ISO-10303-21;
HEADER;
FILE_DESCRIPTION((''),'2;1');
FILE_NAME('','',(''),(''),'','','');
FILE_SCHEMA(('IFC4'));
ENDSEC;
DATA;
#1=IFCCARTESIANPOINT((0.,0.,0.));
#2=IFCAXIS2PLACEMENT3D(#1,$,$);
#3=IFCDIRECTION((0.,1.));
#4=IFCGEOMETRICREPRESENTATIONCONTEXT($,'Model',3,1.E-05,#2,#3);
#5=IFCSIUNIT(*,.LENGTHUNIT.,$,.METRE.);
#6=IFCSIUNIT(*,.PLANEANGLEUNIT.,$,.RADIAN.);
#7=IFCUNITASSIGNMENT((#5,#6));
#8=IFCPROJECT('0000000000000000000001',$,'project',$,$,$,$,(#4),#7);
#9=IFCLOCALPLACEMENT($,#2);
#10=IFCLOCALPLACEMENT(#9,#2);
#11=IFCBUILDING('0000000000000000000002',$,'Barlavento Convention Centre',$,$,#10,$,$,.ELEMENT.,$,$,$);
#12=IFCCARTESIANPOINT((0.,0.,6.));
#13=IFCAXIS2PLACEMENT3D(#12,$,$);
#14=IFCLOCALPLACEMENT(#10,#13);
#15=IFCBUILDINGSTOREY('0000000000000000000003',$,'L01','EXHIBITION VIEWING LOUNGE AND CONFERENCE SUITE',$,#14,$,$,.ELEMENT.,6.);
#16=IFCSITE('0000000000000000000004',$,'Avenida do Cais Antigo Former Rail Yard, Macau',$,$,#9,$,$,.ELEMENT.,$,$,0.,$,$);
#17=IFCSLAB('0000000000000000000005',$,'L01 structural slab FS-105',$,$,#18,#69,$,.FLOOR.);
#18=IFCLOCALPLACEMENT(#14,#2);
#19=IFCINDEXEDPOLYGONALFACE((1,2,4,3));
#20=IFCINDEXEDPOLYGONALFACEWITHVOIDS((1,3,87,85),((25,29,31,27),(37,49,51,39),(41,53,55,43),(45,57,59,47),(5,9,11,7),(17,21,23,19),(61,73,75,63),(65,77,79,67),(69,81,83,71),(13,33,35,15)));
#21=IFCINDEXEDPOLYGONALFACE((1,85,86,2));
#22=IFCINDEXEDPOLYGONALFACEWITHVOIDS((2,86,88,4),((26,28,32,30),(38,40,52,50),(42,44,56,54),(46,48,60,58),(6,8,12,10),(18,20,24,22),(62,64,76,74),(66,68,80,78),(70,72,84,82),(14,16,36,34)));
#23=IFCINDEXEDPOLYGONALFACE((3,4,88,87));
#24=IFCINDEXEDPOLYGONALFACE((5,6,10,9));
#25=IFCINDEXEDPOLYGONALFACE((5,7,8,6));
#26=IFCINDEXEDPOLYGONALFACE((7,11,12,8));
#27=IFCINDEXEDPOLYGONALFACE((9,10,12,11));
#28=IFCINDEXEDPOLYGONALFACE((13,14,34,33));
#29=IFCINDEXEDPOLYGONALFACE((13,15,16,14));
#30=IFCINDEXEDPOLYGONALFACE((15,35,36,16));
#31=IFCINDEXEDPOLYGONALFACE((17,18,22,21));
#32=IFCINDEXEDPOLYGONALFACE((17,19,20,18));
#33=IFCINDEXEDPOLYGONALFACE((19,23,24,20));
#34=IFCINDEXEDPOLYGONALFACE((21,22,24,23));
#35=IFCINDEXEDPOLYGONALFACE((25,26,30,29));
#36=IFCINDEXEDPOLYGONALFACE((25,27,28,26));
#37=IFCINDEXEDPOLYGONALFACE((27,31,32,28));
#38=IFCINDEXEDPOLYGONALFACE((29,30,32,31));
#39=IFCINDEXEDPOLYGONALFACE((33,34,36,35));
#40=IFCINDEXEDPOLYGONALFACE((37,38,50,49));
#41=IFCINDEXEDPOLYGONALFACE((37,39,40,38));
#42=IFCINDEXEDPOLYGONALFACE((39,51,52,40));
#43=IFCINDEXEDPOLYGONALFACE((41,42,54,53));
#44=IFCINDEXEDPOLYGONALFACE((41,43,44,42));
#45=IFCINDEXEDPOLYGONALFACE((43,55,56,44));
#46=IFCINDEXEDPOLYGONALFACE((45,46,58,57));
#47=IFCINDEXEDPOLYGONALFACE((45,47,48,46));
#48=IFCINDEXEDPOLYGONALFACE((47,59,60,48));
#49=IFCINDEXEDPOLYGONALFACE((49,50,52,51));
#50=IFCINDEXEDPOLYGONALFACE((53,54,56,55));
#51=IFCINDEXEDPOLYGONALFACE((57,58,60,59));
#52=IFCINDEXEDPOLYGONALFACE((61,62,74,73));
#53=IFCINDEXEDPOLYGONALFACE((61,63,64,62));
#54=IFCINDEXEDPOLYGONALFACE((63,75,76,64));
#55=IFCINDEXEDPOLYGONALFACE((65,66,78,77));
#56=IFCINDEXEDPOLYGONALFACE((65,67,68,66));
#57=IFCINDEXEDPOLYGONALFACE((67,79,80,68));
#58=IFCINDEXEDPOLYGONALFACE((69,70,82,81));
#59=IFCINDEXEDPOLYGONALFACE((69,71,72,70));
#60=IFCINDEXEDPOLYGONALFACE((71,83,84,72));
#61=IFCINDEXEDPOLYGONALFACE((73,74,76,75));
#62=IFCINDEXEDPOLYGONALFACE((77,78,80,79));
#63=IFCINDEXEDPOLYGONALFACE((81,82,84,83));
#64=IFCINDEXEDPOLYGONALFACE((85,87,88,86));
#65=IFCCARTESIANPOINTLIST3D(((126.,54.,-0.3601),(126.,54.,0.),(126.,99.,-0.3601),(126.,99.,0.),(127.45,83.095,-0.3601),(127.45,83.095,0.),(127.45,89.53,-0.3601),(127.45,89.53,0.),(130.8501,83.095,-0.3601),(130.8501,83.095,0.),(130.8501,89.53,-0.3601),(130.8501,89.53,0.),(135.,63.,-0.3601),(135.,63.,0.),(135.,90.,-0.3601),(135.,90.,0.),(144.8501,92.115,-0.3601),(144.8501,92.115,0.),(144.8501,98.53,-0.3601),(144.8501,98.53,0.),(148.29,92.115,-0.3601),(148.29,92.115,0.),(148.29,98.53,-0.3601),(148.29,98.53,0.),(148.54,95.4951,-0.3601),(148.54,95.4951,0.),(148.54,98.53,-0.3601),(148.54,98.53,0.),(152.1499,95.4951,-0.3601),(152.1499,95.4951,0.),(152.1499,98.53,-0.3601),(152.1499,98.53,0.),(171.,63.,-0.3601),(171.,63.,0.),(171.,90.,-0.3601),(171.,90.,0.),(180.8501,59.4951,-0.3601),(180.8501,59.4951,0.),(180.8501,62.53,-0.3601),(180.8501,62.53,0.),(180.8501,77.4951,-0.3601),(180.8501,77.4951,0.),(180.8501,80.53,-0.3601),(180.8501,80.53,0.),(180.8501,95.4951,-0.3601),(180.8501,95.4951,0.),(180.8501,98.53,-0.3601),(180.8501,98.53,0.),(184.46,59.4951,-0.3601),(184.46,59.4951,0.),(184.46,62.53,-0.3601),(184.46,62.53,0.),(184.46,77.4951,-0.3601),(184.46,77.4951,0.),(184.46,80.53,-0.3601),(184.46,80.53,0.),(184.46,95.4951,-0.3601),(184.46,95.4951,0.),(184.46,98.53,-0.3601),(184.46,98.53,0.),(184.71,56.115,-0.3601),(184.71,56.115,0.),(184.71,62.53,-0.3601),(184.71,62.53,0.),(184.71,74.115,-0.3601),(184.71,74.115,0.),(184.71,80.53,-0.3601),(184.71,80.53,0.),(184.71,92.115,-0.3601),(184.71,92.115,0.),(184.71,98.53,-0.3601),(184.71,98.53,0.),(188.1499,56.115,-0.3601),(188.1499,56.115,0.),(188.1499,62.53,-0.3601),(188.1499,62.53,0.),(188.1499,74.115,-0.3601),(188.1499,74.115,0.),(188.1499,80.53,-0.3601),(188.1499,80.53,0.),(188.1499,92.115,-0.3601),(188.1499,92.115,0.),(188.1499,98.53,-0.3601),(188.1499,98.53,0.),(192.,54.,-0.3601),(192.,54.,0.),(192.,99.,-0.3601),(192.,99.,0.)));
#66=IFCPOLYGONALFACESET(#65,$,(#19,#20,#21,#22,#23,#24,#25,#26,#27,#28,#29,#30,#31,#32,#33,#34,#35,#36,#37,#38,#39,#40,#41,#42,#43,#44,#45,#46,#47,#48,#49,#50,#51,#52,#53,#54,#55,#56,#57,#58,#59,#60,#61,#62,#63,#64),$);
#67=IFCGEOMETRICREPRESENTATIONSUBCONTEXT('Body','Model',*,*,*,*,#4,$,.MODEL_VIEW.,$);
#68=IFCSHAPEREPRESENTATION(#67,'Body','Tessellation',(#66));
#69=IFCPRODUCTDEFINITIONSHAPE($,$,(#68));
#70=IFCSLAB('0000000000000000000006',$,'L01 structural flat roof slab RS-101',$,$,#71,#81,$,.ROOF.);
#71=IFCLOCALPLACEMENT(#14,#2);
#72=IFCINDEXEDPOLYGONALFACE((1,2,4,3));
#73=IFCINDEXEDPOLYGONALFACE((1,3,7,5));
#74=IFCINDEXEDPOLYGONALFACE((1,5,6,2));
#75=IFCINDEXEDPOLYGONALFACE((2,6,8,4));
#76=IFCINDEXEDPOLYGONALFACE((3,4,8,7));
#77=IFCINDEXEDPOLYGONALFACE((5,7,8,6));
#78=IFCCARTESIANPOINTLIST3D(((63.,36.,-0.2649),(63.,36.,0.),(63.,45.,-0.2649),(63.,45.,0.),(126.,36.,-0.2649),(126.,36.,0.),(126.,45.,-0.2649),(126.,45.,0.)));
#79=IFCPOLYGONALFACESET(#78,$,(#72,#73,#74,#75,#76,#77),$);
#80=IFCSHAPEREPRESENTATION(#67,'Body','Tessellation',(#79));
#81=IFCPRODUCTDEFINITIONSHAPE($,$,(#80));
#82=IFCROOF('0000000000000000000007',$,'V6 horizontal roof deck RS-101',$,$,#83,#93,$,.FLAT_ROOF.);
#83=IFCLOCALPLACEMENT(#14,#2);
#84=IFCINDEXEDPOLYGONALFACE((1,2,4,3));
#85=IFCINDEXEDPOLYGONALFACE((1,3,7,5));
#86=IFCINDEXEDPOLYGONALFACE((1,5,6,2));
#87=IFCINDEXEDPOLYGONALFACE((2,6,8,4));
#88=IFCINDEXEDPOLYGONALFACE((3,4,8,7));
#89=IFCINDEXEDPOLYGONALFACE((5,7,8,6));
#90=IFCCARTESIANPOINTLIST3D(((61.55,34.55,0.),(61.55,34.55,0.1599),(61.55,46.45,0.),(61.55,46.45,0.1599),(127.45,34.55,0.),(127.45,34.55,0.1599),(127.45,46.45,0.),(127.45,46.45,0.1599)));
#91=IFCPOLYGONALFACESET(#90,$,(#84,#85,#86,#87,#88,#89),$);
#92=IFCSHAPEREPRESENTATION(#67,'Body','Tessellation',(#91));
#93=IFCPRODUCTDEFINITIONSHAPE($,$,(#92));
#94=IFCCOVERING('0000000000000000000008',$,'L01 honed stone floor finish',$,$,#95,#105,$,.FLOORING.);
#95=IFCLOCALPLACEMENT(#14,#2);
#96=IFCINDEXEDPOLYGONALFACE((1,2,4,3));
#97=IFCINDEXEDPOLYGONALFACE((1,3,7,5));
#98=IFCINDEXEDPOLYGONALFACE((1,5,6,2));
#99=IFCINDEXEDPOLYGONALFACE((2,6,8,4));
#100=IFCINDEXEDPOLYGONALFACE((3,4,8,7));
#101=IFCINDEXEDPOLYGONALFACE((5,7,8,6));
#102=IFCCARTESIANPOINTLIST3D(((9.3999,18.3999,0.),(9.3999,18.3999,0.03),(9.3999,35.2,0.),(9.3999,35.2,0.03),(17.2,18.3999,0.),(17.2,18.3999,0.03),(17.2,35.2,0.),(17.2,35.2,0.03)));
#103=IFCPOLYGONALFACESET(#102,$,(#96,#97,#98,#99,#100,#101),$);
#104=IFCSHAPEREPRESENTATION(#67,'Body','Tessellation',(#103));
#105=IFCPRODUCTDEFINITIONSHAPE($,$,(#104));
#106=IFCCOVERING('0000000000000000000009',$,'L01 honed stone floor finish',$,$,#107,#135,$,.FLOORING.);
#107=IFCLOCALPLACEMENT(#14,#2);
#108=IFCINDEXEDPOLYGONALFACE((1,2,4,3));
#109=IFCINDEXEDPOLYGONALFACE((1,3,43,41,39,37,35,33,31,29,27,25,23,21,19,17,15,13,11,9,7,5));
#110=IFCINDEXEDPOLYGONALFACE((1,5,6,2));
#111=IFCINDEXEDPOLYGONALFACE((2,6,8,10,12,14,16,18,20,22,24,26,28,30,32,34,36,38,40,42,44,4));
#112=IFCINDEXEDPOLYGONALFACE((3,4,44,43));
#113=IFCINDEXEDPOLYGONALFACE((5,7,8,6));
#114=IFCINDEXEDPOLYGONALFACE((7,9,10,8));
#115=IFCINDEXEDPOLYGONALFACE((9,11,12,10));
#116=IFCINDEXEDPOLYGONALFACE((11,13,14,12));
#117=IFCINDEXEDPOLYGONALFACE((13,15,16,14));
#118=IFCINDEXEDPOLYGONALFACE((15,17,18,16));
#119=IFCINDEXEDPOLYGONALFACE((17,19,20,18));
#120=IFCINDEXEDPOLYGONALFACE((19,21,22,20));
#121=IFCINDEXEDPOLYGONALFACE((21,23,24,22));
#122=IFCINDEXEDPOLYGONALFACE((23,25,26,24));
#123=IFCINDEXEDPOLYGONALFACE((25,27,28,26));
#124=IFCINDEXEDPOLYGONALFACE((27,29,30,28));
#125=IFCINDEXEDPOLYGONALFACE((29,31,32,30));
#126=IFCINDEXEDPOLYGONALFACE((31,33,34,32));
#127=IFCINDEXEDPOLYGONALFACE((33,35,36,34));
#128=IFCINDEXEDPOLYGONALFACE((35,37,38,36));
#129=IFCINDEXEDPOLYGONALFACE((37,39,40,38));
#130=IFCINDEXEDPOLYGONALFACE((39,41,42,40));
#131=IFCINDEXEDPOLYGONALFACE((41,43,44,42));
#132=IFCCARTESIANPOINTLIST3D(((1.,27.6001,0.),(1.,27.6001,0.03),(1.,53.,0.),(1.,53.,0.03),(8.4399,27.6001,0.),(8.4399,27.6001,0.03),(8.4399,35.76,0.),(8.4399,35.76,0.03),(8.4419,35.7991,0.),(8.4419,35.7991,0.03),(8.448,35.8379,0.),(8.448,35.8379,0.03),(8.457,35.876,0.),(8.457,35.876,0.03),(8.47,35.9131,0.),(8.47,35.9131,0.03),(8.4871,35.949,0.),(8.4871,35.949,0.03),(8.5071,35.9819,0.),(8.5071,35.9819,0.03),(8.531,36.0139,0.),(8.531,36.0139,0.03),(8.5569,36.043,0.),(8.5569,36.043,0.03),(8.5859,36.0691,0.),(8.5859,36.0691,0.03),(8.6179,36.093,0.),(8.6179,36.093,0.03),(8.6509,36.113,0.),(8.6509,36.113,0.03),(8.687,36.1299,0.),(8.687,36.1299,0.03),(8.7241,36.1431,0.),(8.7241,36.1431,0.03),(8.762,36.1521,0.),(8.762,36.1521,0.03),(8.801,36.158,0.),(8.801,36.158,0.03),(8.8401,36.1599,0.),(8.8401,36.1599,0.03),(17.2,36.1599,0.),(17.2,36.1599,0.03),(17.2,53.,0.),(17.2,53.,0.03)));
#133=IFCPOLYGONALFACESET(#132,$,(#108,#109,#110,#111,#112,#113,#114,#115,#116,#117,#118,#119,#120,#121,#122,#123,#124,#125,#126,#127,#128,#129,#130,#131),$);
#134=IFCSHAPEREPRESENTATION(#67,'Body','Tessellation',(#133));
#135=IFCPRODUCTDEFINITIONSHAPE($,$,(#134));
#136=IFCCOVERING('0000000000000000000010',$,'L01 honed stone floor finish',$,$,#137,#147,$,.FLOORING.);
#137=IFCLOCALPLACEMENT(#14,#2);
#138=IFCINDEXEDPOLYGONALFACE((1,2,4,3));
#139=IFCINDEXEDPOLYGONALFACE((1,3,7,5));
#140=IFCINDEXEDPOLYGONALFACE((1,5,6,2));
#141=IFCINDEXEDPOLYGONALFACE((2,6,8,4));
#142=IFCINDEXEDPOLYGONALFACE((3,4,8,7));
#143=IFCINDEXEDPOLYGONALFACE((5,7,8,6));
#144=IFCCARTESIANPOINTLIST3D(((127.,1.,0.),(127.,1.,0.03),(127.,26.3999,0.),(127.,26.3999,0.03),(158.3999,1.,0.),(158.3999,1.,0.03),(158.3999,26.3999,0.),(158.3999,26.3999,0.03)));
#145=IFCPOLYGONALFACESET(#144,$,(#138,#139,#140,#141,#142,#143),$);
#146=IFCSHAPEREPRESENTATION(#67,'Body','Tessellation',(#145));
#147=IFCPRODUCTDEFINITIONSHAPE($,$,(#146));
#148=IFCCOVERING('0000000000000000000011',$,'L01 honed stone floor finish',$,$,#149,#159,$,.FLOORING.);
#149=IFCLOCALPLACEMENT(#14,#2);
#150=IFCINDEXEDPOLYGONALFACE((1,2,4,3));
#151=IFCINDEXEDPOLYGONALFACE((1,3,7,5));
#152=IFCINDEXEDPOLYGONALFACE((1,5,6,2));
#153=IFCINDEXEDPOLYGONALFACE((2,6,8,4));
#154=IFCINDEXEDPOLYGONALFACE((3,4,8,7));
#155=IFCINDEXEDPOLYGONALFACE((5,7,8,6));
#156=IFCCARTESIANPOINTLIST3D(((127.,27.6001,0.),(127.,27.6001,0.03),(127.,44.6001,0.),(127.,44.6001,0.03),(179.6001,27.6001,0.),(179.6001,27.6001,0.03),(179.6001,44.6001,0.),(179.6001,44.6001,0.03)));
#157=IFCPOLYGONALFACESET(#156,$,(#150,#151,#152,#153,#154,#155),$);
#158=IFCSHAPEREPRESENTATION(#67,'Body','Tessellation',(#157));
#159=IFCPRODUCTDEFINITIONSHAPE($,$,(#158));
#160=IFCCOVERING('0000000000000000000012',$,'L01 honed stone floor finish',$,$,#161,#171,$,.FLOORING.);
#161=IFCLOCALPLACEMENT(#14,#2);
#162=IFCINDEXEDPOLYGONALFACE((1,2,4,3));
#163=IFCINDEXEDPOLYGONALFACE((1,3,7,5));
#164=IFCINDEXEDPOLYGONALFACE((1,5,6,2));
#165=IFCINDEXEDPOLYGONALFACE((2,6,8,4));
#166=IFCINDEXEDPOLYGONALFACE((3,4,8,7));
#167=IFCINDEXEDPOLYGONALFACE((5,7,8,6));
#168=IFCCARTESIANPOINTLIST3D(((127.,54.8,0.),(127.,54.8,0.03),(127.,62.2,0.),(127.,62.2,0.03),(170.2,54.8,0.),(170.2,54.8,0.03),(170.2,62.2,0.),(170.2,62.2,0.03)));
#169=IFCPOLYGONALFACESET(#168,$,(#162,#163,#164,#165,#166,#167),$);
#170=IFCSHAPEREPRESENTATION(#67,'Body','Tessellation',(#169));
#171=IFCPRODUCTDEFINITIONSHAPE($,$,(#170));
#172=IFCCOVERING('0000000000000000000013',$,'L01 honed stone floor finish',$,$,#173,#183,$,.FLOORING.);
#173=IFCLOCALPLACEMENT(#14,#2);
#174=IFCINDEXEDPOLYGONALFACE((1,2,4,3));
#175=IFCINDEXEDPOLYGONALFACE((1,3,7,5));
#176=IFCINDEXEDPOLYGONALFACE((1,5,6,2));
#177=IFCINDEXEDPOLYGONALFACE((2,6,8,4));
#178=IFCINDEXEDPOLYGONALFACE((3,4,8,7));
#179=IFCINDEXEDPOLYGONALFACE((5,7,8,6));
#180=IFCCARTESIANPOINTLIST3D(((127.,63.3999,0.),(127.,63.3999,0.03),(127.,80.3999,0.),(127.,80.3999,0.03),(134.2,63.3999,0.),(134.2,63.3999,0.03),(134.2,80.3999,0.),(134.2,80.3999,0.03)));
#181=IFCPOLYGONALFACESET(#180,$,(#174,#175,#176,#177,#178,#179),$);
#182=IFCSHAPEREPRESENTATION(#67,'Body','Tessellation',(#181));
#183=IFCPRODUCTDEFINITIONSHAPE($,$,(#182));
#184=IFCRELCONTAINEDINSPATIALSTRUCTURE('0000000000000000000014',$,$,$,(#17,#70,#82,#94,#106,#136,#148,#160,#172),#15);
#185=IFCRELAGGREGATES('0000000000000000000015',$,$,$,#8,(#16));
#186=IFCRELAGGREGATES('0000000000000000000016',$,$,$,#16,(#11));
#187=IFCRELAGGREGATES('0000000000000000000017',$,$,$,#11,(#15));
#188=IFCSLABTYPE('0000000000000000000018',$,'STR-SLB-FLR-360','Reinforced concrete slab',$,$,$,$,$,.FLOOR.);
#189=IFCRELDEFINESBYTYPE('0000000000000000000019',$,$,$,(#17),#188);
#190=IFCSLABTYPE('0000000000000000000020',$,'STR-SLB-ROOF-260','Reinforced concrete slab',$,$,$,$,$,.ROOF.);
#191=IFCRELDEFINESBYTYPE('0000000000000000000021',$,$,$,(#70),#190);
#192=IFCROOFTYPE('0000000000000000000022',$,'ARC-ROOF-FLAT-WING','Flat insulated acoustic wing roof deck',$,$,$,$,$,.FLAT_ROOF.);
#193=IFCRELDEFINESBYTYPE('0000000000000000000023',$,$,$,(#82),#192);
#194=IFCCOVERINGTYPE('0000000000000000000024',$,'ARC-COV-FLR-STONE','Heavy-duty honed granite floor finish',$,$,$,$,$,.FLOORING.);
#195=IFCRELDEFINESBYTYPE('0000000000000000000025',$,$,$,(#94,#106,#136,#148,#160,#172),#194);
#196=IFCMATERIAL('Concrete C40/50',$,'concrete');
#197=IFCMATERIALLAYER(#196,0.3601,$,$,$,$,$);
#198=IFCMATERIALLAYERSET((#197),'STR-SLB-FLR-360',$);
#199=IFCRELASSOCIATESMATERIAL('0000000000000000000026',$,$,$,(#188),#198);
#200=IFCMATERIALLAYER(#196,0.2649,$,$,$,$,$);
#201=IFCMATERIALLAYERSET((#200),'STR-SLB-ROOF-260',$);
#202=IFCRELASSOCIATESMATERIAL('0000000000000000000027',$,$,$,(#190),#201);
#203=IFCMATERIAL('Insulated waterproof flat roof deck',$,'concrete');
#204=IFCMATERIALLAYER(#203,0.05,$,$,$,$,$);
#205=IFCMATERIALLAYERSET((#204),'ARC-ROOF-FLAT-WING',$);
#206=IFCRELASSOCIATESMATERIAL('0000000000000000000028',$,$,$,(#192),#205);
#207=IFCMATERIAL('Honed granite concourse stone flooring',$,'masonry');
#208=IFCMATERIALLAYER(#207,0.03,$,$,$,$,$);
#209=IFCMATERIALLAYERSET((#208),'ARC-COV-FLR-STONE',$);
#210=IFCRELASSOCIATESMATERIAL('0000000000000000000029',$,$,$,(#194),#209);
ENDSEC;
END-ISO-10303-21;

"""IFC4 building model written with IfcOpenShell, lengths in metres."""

from ifc_helpers import new_model, si_unit, direction, frame, origin, place, context, subcontext, project, spatial, polyline, outline, extrude, material, layer, layer_set, type_object, element, save


model = new_model("IFC4")

# Units and contexts
model_context = context("Model", 3, precision=1e-05, world=origin(), true_north=direction((0.0, 1.0)))
body_context = subcontext(model_context, "Body", "Model", "MODEL_VIEW")
ifc_project = project(units=[si_unit("LENGTHUNIT", "METRE"), si_unit("PLANEANGLEUNIT", "RADIAN")], contexts=[model_context])

# Site, building, storey
site_placement = place(None, origin())
site = spatial("IfcSite", under=ifc_project, at=site_placement, Name="Avenida do Cais Antigo Former Rail Yard, Macau", CompositionType="ELEMENT", RefElevation=0.0)
building_placement = place(site_placement, origin())
building = spatial("IfcBuilding", under=site, at=building_placement, Name="Barlavento Convention Centre", CompositionType="ELEMENT")
storey_placement = place(building_placement, frame((0.0, 0.0, 6.0)))
storey = spatial("IfcBuildingStorey", under=building, at=storey_placement, Name="L01", Description="EXHIBITION VIEWING LOUNGE AND CONFERENCE SUITE", CompositionType="ELEMENT", Elevation=6.0)

# Slabs
ifc_material_1 = material(Name="Concrete C40/50", Category="concrete")
ifc_layer_1 = layer(ifc_material_1, 0.3601)
ifc_layer_set_1 = layer_set([ifc_layer_1], Name="STR-SLB-FLR-360")
slab_type_1 = type_object("IfcSlabType", Name="STR-SLB-FLR-360", Description="Reinforced concrete slab", PredefinedType="FLOOR", material=ifc_layer_set_1)
slab_1_placement = place(storey_placement, frame((0.0, 0.0, -0.3601)))
element("IfcSlab", 1, at=slab_1_placement, inside=storey, type_object=slab_type_1, Name="L01 structural slab FS-105", PredefinedType="FLOOR", context=body_context, shape_type="SweptSolid", body=[
    extrude(outline(polyline([(126.0, 54.0), (192.0, 54.0), (192.0, 99.0), (126.0, 99.0), (126.0, 54.0)]), holes=[polyline([(135.0, 63.0), (171.0, 63.0), (171.0, 90.0), (135.0, 90.0), (135.0, 63.0)]), polyline([(188.1499, 56.115), (188.1499, 62.53), (184.71, 62.53), (184.71, 56.115), (188.1499, 56.115)]), polyline([(180.8501, 59.4951), (184.46, 59.4951), (184.46, 62.53), (180.8501, 62.53), (180.8501, 59.4951)]), polyline([(188.1499, 74.115), (188.1499, 80.53), (184.71, 80.53), (184.71, 74.115), (188.1499, 74.115)]), polyline([(180.8501, 77.4951), (184.46, 77.4951), (184.46, 80.53), (180.8501, 80.53), (180.8501, 77.4951)]), polyline([(188.1499, 92.115), (188.1499, 98.53), (184.71, 98.53), (184.71, 92.115), (188.1499, 92.115)]), polyline([(180.8501, 95.4951), (184.46, 95.4951), (184.46, 98.53), (180.8501, 98.53), (180.8501, 95.4951)]), polyline([(148.29, 92.115), (148.29, 98.53), (144.8501, 98.53), (144.8501, 92.115), (148.29, 92.115)]), polyline([(148.54, 95.4951), (152.1499, 95.4951), (152.1499, 98.53), (148.54, 98.53), (148.54, 95.4951)]), polyline([(130.8501, 83.095), (130.8501, 89.53), (127.45, 89.53), (127.45, 83.095), (130.8501, 83.095)])]), origin(), (0.0, 0.0, 1.0), 0.3601),
])
ifc_layer_2 = layer(ifc_material_1, 0.2649)
ifc_layer_set_2 = layer_set([ifc_layer_2], Name="STR-SLB-ROOF-260")
slab_type_2 = type_object("IfcSlabType", Name="STR-SLB-ROOF-260", Description="Reinforced concrete slab", PredefinedType="ROOF", material=ifc_layer_set_2)
slab_2_placement = place(storey_placement, frame((0.0, 0.0, -0.2649)))
element("IfcSlab", 2, at=slab_2_placement, inside=storey, type_object=slab_type_2, Name="L01 structural flat roof slab RS-101", PredefinedType="ROOF", context=body_context, shape_type="SweptSolid", body=[
    extrude(outline(polyline([(63.0, 36.0), (126.0, 36.0), (126.0, 45.0), (63.0, 45.0), (63.0, 36.0)])), origin(), (0.0, 0.0, 1.0), 0.2649),
])

# Roof
ifc_material_2 = material(Name="Insulated waterproof flat roof deck", Category="concrete")
ifc_layer_3 = layer(ifc_material_2, 0.05)
ifc_layer_set_3 = layer_set([ifc_layer_3], Name="ARC-ROOF-FLAT-WING")
roof_type = type_object("IfcRoofType", Name="ARC-ROOF-FLAT-WING", Description="Flat insulated acoustic wing roof deck", PredefinedType="FLAT_ROOF", material=ifc_layer_set_3)
roof_placement = place(storey_placement, origin())
element("IfcRoof", 3, at=roof_placement, inside=storey, type_object=roof_type, Name="V6 horizontal roof deck RS-101", PredefinedType="FLAT_ROOF", context=body_context, shape_type="SweptSolid", body=[
    extrude(outline(polyline([(61.55, 34.55), (61.55, 46.45), (127.45, 46.45), (127.45, 34.55), (61.55, 34.55)])), origin(), (0.0, 0.0, 1.0), 0.1599),
])

# Coverings
ifc_material_3 = material(Name="Honed granite concourse stone flooring", Category="masonry")
ifc_layer_4 = layer(ifc_material_3, 0.03)
ifc_layer_set_4 = layer_set([ifc_layer_4], Name="ARC-COV-FLR-STONE")
covering_type = type_object("IfcCoveringType", Name="ARC-COV-FLR-STONE", Description="Heavy-duty honed granite floor finish", PredefinedType="FLOORING", material=ifc_layer_set_4)
covering_1_placement = place(storey_placement, origin())
element("IfcCovering", 4, at=covering_1_placement, inside=storey, type_object=covering_type, Name="L01 honed stone floor finish", PredefinedType="FLOORING", context=body_context, shape_type="SweptSolid", body=[
    extrude(outline(polyline([(17.2, 18.3999), (9.3999, 18.3999), (9.3999, 35.2), (17.2, 35.2), (17.2, 18.3999)])), origin(), (0.0, 0.0, 1.0), 0.03),
])
covering_2_placement = place(storey_placement, origin())
element("IfcCovering", 5, at=covering_2_placement, inside=storey, type_object=covering_type, Name="L01 honed stone floor finish", PredefinedType="FLOORING", context=body_context, shape_type="SweptSolid", body=[
    extrude(outline(polyline([(17.2, 36.1599), (8.8401, 36.1599), (8.801, 36.158), (8.762, 36.1521), (8.7241, 36.1431), (8.687, 36.1299), (8.6509, 36.113), (8.6179, 36.093), (8.5859, 36.0691), (8.5569, 36.043), (8.531, 36.0139), (8.5071, 35.9819), (8.4871, 35.949), (8.47, 35.9131), (8.457, 35.876), (8.448, 35.8379), (8.4419, 35.7991), (8.4399, 35.76), (8.4399, 27.6001), (1.0, 27.6001), (1.0, 53.0), (17.2, 53.0), (17.2, 36.1599)])), origin(), (0.0, 0.0, 1.0), 0.03),
])
covering_3_placement = place(storey_placement, origin())
element("IfcCovering", 6, at=covering_3_placement, inside=storey, type_object=covering_type, Name="L01 honed stone floor finish", PredefinedType="FLOORING", context=body_context, shape_type="SweptSolid", body=[
    extrude(outline(polyline([(158.3999, 1.0), (127.0, 1.0), (127.0, 26.3999), (158.3999, 26.3999), (158.3999, 1.0)])), origin(), (0.0, 0.0, 1.0), 0.03),
])
covering_4_placement = place(storey_placement, origin())
element("IfcCovering", 7, at=covering_4_placement, inside=storey, type_object=covering_type, Name="L01 honed stone floor finish", PredefinedType="FLOORING", context=body_context, shape_type="SweptSolid", body=[
    extrude(outline(polyline([(179.6001, 27.6001), (127.0, 27.6001), (127.0, 44.6001), (179.6001, 44.6001), (179.6001, 27.6001)])), origin(), (0.0, 0.0, 1.0), 0.03),
])
covering_5_placement = place(storey_placement, origin())
element("IfcCovering", 8, at=covering_5_placement, inside=storey, type_object=covering_type, Name="L01 honed stone floor finish", PredefinedType="FLOORING", context=body_context, shape_type="SweptSolid", body=[
    extrude(outline(polyline([(170.2, 54.8), (127.0, 54.8), (127.0, 62.2), (170.2, 62.2), (170.2, 54.8)])), origin(), (0.0, 0.0, 1.0), 0.03),
])
covering_6_placement = place(storey_placement, origin())
element("IfcCovering", 9, at=covering_6_placement, inside=storey, type_object=covering_type, Name="L01 honed stone floor finish", PredefinedType="FLOORING", context=body_context, shape_type="SweptSolid", body=[
    extrude(outline(polyline([(134.2, 63.3999), (127.0, 63.3999), (127.0, 80.3999), (134.2, 80.3999), (134.2, 63.3999)])), origin(), (0.0, 0.0, 1.0), 0.03),
])

save(model, "model.ifc")
